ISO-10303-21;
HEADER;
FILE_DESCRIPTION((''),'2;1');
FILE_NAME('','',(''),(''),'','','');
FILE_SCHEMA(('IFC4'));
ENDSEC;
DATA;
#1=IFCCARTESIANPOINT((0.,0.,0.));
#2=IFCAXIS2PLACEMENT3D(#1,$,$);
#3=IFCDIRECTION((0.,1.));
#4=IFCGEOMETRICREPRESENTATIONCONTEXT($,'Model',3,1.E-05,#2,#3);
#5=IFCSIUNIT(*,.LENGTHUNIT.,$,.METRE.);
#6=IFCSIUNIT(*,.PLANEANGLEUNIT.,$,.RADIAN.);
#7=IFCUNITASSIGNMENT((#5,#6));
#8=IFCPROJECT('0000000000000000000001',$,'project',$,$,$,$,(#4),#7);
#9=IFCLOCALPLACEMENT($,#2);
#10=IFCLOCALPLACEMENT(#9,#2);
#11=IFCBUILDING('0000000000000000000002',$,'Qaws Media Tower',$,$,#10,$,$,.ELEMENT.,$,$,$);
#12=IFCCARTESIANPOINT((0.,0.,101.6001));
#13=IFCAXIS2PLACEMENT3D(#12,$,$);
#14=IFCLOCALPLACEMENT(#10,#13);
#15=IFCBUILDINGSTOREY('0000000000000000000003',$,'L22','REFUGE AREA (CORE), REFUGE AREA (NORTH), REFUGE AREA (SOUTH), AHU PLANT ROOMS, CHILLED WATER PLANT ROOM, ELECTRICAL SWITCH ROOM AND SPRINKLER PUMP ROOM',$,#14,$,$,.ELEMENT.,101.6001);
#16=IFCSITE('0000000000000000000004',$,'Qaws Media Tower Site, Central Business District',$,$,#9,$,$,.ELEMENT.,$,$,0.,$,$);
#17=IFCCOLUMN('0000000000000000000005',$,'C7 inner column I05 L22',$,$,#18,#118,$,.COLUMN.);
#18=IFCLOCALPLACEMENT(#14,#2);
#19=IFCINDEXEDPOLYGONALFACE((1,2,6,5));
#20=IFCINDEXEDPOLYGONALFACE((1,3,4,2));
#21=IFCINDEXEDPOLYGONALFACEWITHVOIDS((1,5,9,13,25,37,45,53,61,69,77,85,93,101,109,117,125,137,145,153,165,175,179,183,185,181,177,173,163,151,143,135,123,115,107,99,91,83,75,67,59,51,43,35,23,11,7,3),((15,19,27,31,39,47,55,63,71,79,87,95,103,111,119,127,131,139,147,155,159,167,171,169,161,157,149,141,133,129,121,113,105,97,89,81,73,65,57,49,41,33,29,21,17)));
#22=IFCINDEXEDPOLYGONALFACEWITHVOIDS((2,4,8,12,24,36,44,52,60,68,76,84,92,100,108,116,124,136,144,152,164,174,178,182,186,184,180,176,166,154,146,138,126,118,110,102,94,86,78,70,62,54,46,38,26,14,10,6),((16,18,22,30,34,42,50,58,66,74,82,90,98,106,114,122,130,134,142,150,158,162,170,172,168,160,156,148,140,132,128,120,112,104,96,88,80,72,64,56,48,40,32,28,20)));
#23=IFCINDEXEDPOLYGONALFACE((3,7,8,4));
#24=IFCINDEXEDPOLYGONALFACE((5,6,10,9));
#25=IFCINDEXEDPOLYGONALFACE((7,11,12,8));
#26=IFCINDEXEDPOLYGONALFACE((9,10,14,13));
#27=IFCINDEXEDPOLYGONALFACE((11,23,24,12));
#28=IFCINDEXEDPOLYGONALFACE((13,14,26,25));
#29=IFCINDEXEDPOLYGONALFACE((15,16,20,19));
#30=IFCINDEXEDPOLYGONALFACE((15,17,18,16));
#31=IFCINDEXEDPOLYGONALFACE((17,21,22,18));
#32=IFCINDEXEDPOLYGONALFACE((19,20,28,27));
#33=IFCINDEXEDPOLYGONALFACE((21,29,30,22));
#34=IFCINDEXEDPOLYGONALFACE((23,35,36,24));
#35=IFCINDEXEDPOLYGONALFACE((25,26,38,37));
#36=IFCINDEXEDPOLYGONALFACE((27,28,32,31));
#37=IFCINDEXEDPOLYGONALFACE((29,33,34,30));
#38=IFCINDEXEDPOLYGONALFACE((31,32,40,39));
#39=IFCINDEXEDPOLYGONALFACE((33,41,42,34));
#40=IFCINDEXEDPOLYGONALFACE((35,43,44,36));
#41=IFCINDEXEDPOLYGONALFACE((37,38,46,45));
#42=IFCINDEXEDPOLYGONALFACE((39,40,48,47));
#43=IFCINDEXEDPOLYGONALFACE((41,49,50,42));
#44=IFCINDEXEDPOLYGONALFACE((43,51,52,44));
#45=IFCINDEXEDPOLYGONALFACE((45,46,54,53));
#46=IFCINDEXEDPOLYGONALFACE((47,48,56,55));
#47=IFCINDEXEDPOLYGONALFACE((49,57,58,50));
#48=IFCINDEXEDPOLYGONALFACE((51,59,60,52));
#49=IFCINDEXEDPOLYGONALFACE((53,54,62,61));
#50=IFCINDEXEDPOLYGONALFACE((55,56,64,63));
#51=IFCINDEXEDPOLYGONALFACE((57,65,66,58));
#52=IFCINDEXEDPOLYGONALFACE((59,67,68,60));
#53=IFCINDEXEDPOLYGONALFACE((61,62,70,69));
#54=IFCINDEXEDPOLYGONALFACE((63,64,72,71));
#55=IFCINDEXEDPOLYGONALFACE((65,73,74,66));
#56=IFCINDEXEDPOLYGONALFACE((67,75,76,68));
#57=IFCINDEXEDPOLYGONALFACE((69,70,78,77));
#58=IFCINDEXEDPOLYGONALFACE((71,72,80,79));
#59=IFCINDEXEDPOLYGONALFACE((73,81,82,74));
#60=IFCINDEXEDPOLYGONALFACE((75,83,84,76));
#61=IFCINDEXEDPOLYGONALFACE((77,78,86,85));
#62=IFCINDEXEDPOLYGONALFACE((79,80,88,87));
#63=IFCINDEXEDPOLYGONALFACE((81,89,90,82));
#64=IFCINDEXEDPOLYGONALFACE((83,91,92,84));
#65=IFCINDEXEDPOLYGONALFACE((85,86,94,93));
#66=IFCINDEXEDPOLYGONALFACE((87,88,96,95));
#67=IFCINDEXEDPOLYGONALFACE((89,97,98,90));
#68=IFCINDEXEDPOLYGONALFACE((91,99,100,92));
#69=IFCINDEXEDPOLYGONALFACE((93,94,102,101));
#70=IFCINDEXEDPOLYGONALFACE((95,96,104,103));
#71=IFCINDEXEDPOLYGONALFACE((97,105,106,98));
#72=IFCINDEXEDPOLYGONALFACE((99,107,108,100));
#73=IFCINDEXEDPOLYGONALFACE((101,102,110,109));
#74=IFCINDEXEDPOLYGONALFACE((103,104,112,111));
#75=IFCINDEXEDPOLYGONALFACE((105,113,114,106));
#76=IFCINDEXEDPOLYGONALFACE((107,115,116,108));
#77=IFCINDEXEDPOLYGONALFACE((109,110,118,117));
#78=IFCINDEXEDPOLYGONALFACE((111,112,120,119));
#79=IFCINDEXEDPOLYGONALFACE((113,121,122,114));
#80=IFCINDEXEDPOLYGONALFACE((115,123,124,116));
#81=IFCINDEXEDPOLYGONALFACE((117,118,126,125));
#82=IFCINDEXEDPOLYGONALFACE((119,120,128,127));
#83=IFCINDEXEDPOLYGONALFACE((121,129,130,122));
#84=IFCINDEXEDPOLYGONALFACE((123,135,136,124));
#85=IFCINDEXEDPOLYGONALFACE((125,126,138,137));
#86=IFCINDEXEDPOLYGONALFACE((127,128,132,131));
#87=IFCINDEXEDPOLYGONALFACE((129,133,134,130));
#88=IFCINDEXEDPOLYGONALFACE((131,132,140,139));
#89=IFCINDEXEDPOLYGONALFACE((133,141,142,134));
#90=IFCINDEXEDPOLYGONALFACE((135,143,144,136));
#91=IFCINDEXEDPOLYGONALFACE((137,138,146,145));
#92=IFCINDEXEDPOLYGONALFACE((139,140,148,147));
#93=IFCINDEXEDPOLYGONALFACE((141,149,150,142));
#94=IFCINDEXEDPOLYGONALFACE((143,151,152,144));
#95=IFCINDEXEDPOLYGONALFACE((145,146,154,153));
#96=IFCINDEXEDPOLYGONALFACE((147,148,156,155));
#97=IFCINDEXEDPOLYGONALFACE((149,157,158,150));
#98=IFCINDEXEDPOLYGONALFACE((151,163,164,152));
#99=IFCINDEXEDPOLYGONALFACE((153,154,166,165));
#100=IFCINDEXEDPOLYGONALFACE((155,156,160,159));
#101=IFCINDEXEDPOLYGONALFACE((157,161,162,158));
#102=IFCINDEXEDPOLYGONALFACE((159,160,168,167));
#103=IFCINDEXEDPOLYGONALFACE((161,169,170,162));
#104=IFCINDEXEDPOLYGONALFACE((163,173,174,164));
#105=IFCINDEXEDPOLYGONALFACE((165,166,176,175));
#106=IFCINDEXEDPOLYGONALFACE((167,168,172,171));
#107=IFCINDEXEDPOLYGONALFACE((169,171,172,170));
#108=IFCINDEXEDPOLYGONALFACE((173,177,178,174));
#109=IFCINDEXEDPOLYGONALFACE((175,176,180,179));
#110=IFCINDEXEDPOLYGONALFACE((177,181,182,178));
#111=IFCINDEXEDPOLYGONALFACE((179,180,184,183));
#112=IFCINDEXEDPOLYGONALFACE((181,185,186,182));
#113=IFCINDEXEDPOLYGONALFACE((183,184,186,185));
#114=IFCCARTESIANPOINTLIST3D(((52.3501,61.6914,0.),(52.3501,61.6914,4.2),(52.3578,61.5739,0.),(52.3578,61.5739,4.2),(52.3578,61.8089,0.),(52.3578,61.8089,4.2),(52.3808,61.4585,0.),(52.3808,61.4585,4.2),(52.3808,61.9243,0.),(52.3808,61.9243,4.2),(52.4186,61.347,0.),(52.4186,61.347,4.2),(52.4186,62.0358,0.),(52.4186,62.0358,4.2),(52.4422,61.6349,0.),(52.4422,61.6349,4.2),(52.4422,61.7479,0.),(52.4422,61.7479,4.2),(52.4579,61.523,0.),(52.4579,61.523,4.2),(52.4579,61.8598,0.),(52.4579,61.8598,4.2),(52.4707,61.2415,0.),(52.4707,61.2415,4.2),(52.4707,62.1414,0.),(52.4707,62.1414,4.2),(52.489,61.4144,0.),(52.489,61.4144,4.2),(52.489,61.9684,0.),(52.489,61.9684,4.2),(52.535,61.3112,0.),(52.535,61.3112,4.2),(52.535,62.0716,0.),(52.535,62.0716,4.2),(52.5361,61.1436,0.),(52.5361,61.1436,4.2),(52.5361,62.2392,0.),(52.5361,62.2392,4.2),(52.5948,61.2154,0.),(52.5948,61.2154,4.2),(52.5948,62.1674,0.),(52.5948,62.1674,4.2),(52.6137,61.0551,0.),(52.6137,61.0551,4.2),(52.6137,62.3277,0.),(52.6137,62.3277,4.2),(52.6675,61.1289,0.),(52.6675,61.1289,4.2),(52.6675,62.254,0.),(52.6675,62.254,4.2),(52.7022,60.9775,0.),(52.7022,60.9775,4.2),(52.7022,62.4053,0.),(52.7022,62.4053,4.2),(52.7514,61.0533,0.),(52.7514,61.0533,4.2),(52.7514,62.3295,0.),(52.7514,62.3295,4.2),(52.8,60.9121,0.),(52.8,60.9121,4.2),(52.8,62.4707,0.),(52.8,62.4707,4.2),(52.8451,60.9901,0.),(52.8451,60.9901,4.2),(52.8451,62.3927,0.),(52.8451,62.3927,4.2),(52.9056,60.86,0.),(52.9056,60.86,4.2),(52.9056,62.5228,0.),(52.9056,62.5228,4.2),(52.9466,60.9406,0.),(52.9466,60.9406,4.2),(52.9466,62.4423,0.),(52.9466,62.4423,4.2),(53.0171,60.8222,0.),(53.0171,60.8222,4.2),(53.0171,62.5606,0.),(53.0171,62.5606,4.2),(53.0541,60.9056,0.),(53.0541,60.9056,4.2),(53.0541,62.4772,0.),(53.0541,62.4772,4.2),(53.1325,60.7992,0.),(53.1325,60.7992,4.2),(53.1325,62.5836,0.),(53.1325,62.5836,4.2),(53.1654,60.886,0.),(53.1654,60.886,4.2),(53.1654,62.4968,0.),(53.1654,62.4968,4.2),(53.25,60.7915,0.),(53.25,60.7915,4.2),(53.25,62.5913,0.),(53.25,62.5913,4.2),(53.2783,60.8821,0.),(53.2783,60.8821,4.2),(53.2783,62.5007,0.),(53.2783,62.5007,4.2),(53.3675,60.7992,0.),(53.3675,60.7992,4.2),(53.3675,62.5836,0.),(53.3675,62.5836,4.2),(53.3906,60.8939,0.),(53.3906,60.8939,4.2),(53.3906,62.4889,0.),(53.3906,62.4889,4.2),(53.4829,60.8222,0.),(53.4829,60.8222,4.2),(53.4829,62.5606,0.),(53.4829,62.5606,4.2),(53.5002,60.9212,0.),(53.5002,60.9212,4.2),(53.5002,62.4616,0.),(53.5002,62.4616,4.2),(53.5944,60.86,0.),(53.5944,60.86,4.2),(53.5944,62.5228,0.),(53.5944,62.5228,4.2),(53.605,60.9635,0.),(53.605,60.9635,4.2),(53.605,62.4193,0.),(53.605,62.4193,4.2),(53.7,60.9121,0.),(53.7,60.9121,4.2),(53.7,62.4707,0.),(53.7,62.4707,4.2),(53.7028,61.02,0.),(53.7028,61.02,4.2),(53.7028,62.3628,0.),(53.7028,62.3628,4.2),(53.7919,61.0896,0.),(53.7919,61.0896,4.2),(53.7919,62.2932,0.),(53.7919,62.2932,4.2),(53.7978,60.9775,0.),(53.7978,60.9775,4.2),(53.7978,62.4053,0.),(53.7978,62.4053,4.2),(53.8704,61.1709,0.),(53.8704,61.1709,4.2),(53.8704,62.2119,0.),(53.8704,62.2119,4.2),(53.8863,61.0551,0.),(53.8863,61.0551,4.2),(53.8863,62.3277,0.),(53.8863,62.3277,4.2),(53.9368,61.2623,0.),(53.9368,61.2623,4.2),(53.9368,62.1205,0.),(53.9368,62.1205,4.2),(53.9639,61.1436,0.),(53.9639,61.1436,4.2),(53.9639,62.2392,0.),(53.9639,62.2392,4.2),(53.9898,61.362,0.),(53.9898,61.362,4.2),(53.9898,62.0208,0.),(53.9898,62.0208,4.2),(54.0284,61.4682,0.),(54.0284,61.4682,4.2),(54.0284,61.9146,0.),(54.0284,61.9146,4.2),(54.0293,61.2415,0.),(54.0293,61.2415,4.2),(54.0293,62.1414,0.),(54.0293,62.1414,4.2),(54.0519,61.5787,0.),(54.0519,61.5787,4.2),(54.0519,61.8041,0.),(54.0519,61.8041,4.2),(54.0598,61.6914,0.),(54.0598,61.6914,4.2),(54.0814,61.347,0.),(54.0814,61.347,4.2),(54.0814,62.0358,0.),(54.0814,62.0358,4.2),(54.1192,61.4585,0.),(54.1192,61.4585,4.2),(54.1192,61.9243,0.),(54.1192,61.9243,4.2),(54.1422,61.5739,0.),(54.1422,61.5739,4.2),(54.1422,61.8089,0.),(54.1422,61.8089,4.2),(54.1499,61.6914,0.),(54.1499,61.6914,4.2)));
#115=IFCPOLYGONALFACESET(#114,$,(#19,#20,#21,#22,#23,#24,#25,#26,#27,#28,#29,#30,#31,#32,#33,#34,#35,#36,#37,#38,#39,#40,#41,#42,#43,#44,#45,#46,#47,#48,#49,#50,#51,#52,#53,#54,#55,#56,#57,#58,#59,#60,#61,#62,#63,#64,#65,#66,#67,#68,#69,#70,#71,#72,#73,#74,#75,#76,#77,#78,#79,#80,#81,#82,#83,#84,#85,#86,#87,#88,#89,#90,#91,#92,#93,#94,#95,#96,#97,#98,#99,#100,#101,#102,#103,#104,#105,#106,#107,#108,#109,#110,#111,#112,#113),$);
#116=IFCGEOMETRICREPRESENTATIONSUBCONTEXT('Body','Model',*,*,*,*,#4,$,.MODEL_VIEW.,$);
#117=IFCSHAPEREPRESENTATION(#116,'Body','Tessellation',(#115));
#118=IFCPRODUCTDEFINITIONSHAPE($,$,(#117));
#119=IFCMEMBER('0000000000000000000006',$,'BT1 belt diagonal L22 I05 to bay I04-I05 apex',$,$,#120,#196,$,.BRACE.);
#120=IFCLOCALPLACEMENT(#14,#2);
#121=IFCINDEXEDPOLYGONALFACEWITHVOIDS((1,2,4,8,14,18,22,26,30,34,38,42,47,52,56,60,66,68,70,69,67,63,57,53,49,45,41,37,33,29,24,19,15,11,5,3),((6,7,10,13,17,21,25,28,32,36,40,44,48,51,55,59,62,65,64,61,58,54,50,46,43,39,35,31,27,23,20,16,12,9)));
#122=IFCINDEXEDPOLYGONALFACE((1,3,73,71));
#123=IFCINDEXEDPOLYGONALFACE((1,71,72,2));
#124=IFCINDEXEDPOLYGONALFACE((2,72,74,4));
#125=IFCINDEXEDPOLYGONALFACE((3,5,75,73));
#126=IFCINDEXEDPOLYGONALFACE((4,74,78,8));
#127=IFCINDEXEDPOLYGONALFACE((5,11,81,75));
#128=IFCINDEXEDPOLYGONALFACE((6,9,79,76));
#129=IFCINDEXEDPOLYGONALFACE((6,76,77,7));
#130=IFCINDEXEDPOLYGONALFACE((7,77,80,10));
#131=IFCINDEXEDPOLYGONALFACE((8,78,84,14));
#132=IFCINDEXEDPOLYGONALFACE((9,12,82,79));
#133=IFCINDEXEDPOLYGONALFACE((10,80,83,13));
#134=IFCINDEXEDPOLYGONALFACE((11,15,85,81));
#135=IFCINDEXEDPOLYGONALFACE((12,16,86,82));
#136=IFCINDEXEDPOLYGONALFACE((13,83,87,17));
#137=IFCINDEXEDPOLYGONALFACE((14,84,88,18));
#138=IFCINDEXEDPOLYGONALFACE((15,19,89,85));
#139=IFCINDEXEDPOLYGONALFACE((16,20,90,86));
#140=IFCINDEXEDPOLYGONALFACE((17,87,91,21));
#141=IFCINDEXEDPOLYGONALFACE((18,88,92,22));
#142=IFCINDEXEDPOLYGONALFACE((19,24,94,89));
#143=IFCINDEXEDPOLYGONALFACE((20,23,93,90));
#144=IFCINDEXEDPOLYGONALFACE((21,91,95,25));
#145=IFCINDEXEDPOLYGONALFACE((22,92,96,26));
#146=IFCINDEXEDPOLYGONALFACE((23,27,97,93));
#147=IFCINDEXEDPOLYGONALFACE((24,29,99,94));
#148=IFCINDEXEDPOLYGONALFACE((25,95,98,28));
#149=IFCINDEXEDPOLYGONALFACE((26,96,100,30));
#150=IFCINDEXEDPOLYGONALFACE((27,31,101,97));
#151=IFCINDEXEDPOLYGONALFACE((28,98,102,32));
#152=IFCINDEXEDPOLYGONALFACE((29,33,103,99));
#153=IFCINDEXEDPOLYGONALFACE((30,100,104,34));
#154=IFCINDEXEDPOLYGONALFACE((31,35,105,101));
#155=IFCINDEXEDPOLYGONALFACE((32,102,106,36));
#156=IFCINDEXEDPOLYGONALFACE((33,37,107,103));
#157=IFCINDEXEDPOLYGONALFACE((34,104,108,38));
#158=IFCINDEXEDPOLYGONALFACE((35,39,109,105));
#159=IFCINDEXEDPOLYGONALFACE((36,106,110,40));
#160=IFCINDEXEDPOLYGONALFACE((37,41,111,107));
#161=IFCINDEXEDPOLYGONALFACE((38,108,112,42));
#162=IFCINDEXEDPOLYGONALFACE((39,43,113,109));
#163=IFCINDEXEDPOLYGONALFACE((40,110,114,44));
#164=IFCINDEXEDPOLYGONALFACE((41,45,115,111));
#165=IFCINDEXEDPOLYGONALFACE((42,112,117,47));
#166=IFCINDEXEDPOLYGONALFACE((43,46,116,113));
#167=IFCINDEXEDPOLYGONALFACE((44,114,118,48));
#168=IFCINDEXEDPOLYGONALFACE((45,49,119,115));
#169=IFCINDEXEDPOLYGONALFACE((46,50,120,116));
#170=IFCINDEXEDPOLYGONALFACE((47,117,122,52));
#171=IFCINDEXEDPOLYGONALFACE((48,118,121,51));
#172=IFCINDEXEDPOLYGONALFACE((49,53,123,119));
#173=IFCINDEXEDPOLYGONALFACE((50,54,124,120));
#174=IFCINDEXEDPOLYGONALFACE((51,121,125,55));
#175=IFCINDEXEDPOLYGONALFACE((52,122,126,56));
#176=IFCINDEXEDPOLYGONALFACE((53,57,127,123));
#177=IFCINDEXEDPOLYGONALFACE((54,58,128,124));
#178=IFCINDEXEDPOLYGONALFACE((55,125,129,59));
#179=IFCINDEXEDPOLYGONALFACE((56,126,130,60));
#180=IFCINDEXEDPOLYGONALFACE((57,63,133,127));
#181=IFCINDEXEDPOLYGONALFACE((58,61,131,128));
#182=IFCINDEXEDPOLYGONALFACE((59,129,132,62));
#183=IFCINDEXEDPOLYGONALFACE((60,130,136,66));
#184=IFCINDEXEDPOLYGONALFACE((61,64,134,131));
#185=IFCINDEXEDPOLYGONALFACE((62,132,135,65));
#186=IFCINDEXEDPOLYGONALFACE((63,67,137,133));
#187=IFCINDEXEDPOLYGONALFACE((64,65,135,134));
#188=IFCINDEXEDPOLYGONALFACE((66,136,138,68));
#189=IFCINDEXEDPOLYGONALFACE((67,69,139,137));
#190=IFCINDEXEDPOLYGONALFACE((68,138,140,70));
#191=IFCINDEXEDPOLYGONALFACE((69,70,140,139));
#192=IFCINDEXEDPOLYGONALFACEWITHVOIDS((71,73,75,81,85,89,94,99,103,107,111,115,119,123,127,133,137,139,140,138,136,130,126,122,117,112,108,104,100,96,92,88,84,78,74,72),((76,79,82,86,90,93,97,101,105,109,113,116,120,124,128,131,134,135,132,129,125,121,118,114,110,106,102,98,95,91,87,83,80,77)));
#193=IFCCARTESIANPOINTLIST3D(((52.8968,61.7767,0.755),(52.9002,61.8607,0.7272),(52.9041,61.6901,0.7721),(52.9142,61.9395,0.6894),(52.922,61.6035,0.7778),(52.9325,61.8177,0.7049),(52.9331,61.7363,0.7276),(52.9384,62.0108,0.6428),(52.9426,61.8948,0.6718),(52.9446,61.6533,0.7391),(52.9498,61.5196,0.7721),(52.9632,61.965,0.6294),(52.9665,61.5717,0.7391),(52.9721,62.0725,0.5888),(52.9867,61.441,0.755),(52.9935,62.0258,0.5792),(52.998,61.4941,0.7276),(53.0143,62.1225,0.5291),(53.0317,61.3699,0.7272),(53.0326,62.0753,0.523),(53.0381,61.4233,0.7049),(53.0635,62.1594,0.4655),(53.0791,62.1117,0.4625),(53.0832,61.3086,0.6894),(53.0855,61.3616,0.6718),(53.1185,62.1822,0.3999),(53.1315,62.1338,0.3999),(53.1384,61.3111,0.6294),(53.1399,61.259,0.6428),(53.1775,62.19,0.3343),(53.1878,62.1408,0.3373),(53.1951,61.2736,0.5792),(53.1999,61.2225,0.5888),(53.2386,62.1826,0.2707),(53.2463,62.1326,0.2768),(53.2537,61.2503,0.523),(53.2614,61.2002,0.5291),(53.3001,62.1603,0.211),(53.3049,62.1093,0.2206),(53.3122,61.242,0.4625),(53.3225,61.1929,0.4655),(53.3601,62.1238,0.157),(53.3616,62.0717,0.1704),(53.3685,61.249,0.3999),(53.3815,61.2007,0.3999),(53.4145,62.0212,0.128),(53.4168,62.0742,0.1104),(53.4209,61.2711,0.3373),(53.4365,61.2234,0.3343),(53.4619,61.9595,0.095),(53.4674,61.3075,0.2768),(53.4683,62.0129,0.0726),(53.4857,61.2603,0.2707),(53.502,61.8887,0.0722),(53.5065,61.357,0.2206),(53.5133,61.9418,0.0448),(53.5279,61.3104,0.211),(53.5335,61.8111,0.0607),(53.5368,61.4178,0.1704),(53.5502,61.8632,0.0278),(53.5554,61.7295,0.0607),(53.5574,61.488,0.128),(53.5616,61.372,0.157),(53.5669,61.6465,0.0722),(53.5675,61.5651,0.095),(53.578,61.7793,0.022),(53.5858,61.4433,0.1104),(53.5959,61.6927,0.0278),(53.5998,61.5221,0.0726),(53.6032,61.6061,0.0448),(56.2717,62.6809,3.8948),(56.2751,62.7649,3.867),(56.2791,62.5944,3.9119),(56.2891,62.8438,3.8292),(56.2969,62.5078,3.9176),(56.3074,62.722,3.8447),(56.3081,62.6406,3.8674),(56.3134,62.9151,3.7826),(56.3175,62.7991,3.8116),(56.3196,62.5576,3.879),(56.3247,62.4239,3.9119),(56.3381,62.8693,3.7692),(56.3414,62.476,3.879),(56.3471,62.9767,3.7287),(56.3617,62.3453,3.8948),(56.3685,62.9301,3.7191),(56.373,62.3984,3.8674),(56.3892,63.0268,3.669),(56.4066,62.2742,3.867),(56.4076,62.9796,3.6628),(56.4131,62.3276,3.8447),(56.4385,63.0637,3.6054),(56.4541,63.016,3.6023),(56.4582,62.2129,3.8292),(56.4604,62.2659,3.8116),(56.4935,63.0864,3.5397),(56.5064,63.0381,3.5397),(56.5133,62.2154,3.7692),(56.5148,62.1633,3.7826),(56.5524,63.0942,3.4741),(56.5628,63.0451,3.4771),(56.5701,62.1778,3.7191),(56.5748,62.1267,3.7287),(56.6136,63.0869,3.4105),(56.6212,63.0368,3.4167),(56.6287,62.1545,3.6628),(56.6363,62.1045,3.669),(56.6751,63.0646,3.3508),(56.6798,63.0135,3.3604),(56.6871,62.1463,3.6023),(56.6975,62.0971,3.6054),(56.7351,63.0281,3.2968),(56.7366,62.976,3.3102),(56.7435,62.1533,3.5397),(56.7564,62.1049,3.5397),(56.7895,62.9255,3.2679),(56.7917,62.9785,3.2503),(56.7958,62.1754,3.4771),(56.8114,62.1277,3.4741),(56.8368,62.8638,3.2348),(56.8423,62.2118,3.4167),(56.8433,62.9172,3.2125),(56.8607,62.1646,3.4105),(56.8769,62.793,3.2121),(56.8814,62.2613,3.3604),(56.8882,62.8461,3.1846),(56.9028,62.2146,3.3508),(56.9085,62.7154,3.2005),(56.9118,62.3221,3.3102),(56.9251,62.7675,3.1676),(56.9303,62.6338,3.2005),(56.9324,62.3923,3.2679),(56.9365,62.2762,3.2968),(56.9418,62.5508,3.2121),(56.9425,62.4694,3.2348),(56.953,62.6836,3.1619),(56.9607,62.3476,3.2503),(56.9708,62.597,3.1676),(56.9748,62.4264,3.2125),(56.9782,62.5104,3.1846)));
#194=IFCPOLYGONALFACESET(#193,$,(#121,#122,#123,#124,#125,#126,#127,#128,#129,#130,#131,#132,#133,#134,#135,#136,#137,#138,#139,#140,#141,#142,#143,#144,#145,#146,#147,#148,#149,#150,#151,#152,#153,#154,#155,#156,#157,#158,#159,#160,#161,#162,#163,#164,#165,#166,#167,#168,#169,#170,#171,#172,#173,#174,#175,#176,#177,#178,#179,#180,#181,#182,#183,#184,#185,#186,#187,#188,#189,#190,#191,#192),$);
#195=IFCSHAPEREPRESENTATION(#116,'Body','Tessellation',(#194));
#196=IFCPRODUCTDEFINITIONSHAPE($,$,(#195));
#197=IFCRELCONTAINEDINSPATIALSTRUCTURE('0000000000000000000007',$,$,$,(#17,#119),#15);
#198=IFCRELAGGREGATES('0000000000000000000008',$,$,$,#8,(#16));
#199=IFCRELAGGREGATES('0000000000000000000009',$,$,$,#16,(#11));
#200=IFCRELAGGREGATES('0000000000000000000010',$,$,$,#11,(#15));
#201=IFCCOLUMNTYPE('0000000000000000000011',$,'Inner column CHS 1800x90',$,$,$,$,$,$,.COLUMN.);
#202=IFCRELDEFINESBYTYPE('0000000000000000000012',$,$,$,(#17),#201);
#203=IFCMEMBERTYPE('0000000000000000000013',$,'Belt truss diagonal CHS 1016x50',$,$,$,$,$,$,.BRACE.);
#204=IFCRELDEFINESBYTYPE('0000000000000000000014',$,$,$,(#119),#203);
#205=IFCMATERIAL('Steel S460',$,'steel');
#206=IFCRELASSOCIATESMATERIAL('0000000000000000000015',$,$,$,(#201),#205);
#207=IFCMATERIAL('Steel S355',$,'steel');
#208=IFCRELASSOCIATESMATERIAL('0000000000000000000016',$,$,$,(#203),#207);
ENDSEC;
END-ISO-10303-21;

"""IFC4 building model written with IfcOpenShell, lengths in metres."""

from ifc_helpers import new_model, si_unit, direction, frame, origin, origin_2d, place, context, subcontext, project, spatial, hollow_circle, extrude, material, material_profile, profile_set, type_object, element, save


model = new_model("IFC4")

# Units and contexts
model_context = context("Model", 3, precision=1e-05, world=origin(), true_north=direction((0.0, 1.0)))
body_context = subcontext(model_context, "Body", "Model", "MODEL_VIEW")
ifc_project = project(units=[si_unit("LENGTHUNIT", "METRE"), si_unit("PLANEANGLEUNIT", "RADIAN")], contexts=[model_context])

# Site, building, storey
site_placement = place(None, origin())
site = spatial("IfcSite", under=ifc_project, at=site_placement, Name="Qaws Media Tower Site, Central Business District", CompositionType="ELEMENT", RefElevation=0.0)
building_placement = place(site_placement, origin())
building = spatial("IfcBuilding", under=site, at=building_placement, Name="Qaws Media Tower", CompositionType="ELEMENT")
storey_placement = place(building_placement, frame((0.0, 0.0, 101.6001)))
storey = spatial("IfcBuildingStorey", under=building, at=storey_placement, Name="L22", Description="REFUGE AREA (CORE), REFUGE AREA (NORTH), REFUGE AREA (SOUTH), AHU PLANT ROOMS, CHILLED WATER PLANT ROOM, ELECTRICAL SWITCH ROOM AND SPRINKLER PUMP ROOM", CompositionType="ELEMENT", Elevation=101.6001)

# Column
ifc_material_1 = material(Name="Steel S460", Category="steel")
ifc_material_profile_1 = material_profile(ifc_material_1, hollow_circle(Radius=0.8999, WallThickness=0.0901, at=origin_2d()), Name="CHS 1800x90")
ifc_profile_set_1 = profile_set([ifc_material_profile_1], Name="Steel S460")
column_type = type_object("IfcColumnType", Name="Inner column CHS 1800x90", PredefinedType="COLUMN", material=ifc_profile_set_1)
column_placement = place(storey_placement, frame((53.25, 61.6914, 0.0), z_axis=(0.0, 0.0, 1.0), x_axis=(1.0, 0.0, 0.0)))
element("IfcColumn", 1, at=column_placement, inside=storey, type_object=column_type, Name="C7 inner column I05 L22", PredefinedType="COLUMN", context=body_context, shape_type="SweptSolid", body=[
    extrude(hollow_circle(Radius=0.8999, WallThickness=0.0901, at=origin_2d()), origin(), (0.0, 0.0, 1.0), 4.2),
])

# Member
ifc_material_2 = material(Name="Steel S355", Category="steel")
ifc_material_profile_2 = material_profile(ifc_material_2, hollow_circle(Radius=0.5081, WallThickness=0.05, at=origin_2d()), Name="CHS 1016x50")
ifc_profile_set_2 = profile_set([ifc_material_profile_2], Name="Steel S355")
member_type_1 = type_object("IfcMemberType", Name="Belt truss diagonal CHS 1016x50", PredefinedType="BRACE", material=ifc_profile_set_2)
for number, where, z_axis, x_axis, name in (
    (2, (53.25, 61.6914, 0.3999), (0.718454, 0.192503, 0.668406), (-0.258811, 0.965928, 0.0), "BT1 belt diagonal L22 I05 to bay I04-I05 apex"),
):
    element("IfcMember", number, at=place(storey_placement, frame(where, z_axis=z_axis, x_axis=x_axis)), inside=storey, type_object=member_type_1, Name=name, PredefinedType="BRACE", context=body_context, shape_type="SweptSolid", body=[
        extrude(hollow_circle(Radius=0.5081, WallThickness=0.05, at=origin_2d()), origin(), (0.0, 0.0, 1.0), 4.6975),
    ])

save(model, "model.ifc")
